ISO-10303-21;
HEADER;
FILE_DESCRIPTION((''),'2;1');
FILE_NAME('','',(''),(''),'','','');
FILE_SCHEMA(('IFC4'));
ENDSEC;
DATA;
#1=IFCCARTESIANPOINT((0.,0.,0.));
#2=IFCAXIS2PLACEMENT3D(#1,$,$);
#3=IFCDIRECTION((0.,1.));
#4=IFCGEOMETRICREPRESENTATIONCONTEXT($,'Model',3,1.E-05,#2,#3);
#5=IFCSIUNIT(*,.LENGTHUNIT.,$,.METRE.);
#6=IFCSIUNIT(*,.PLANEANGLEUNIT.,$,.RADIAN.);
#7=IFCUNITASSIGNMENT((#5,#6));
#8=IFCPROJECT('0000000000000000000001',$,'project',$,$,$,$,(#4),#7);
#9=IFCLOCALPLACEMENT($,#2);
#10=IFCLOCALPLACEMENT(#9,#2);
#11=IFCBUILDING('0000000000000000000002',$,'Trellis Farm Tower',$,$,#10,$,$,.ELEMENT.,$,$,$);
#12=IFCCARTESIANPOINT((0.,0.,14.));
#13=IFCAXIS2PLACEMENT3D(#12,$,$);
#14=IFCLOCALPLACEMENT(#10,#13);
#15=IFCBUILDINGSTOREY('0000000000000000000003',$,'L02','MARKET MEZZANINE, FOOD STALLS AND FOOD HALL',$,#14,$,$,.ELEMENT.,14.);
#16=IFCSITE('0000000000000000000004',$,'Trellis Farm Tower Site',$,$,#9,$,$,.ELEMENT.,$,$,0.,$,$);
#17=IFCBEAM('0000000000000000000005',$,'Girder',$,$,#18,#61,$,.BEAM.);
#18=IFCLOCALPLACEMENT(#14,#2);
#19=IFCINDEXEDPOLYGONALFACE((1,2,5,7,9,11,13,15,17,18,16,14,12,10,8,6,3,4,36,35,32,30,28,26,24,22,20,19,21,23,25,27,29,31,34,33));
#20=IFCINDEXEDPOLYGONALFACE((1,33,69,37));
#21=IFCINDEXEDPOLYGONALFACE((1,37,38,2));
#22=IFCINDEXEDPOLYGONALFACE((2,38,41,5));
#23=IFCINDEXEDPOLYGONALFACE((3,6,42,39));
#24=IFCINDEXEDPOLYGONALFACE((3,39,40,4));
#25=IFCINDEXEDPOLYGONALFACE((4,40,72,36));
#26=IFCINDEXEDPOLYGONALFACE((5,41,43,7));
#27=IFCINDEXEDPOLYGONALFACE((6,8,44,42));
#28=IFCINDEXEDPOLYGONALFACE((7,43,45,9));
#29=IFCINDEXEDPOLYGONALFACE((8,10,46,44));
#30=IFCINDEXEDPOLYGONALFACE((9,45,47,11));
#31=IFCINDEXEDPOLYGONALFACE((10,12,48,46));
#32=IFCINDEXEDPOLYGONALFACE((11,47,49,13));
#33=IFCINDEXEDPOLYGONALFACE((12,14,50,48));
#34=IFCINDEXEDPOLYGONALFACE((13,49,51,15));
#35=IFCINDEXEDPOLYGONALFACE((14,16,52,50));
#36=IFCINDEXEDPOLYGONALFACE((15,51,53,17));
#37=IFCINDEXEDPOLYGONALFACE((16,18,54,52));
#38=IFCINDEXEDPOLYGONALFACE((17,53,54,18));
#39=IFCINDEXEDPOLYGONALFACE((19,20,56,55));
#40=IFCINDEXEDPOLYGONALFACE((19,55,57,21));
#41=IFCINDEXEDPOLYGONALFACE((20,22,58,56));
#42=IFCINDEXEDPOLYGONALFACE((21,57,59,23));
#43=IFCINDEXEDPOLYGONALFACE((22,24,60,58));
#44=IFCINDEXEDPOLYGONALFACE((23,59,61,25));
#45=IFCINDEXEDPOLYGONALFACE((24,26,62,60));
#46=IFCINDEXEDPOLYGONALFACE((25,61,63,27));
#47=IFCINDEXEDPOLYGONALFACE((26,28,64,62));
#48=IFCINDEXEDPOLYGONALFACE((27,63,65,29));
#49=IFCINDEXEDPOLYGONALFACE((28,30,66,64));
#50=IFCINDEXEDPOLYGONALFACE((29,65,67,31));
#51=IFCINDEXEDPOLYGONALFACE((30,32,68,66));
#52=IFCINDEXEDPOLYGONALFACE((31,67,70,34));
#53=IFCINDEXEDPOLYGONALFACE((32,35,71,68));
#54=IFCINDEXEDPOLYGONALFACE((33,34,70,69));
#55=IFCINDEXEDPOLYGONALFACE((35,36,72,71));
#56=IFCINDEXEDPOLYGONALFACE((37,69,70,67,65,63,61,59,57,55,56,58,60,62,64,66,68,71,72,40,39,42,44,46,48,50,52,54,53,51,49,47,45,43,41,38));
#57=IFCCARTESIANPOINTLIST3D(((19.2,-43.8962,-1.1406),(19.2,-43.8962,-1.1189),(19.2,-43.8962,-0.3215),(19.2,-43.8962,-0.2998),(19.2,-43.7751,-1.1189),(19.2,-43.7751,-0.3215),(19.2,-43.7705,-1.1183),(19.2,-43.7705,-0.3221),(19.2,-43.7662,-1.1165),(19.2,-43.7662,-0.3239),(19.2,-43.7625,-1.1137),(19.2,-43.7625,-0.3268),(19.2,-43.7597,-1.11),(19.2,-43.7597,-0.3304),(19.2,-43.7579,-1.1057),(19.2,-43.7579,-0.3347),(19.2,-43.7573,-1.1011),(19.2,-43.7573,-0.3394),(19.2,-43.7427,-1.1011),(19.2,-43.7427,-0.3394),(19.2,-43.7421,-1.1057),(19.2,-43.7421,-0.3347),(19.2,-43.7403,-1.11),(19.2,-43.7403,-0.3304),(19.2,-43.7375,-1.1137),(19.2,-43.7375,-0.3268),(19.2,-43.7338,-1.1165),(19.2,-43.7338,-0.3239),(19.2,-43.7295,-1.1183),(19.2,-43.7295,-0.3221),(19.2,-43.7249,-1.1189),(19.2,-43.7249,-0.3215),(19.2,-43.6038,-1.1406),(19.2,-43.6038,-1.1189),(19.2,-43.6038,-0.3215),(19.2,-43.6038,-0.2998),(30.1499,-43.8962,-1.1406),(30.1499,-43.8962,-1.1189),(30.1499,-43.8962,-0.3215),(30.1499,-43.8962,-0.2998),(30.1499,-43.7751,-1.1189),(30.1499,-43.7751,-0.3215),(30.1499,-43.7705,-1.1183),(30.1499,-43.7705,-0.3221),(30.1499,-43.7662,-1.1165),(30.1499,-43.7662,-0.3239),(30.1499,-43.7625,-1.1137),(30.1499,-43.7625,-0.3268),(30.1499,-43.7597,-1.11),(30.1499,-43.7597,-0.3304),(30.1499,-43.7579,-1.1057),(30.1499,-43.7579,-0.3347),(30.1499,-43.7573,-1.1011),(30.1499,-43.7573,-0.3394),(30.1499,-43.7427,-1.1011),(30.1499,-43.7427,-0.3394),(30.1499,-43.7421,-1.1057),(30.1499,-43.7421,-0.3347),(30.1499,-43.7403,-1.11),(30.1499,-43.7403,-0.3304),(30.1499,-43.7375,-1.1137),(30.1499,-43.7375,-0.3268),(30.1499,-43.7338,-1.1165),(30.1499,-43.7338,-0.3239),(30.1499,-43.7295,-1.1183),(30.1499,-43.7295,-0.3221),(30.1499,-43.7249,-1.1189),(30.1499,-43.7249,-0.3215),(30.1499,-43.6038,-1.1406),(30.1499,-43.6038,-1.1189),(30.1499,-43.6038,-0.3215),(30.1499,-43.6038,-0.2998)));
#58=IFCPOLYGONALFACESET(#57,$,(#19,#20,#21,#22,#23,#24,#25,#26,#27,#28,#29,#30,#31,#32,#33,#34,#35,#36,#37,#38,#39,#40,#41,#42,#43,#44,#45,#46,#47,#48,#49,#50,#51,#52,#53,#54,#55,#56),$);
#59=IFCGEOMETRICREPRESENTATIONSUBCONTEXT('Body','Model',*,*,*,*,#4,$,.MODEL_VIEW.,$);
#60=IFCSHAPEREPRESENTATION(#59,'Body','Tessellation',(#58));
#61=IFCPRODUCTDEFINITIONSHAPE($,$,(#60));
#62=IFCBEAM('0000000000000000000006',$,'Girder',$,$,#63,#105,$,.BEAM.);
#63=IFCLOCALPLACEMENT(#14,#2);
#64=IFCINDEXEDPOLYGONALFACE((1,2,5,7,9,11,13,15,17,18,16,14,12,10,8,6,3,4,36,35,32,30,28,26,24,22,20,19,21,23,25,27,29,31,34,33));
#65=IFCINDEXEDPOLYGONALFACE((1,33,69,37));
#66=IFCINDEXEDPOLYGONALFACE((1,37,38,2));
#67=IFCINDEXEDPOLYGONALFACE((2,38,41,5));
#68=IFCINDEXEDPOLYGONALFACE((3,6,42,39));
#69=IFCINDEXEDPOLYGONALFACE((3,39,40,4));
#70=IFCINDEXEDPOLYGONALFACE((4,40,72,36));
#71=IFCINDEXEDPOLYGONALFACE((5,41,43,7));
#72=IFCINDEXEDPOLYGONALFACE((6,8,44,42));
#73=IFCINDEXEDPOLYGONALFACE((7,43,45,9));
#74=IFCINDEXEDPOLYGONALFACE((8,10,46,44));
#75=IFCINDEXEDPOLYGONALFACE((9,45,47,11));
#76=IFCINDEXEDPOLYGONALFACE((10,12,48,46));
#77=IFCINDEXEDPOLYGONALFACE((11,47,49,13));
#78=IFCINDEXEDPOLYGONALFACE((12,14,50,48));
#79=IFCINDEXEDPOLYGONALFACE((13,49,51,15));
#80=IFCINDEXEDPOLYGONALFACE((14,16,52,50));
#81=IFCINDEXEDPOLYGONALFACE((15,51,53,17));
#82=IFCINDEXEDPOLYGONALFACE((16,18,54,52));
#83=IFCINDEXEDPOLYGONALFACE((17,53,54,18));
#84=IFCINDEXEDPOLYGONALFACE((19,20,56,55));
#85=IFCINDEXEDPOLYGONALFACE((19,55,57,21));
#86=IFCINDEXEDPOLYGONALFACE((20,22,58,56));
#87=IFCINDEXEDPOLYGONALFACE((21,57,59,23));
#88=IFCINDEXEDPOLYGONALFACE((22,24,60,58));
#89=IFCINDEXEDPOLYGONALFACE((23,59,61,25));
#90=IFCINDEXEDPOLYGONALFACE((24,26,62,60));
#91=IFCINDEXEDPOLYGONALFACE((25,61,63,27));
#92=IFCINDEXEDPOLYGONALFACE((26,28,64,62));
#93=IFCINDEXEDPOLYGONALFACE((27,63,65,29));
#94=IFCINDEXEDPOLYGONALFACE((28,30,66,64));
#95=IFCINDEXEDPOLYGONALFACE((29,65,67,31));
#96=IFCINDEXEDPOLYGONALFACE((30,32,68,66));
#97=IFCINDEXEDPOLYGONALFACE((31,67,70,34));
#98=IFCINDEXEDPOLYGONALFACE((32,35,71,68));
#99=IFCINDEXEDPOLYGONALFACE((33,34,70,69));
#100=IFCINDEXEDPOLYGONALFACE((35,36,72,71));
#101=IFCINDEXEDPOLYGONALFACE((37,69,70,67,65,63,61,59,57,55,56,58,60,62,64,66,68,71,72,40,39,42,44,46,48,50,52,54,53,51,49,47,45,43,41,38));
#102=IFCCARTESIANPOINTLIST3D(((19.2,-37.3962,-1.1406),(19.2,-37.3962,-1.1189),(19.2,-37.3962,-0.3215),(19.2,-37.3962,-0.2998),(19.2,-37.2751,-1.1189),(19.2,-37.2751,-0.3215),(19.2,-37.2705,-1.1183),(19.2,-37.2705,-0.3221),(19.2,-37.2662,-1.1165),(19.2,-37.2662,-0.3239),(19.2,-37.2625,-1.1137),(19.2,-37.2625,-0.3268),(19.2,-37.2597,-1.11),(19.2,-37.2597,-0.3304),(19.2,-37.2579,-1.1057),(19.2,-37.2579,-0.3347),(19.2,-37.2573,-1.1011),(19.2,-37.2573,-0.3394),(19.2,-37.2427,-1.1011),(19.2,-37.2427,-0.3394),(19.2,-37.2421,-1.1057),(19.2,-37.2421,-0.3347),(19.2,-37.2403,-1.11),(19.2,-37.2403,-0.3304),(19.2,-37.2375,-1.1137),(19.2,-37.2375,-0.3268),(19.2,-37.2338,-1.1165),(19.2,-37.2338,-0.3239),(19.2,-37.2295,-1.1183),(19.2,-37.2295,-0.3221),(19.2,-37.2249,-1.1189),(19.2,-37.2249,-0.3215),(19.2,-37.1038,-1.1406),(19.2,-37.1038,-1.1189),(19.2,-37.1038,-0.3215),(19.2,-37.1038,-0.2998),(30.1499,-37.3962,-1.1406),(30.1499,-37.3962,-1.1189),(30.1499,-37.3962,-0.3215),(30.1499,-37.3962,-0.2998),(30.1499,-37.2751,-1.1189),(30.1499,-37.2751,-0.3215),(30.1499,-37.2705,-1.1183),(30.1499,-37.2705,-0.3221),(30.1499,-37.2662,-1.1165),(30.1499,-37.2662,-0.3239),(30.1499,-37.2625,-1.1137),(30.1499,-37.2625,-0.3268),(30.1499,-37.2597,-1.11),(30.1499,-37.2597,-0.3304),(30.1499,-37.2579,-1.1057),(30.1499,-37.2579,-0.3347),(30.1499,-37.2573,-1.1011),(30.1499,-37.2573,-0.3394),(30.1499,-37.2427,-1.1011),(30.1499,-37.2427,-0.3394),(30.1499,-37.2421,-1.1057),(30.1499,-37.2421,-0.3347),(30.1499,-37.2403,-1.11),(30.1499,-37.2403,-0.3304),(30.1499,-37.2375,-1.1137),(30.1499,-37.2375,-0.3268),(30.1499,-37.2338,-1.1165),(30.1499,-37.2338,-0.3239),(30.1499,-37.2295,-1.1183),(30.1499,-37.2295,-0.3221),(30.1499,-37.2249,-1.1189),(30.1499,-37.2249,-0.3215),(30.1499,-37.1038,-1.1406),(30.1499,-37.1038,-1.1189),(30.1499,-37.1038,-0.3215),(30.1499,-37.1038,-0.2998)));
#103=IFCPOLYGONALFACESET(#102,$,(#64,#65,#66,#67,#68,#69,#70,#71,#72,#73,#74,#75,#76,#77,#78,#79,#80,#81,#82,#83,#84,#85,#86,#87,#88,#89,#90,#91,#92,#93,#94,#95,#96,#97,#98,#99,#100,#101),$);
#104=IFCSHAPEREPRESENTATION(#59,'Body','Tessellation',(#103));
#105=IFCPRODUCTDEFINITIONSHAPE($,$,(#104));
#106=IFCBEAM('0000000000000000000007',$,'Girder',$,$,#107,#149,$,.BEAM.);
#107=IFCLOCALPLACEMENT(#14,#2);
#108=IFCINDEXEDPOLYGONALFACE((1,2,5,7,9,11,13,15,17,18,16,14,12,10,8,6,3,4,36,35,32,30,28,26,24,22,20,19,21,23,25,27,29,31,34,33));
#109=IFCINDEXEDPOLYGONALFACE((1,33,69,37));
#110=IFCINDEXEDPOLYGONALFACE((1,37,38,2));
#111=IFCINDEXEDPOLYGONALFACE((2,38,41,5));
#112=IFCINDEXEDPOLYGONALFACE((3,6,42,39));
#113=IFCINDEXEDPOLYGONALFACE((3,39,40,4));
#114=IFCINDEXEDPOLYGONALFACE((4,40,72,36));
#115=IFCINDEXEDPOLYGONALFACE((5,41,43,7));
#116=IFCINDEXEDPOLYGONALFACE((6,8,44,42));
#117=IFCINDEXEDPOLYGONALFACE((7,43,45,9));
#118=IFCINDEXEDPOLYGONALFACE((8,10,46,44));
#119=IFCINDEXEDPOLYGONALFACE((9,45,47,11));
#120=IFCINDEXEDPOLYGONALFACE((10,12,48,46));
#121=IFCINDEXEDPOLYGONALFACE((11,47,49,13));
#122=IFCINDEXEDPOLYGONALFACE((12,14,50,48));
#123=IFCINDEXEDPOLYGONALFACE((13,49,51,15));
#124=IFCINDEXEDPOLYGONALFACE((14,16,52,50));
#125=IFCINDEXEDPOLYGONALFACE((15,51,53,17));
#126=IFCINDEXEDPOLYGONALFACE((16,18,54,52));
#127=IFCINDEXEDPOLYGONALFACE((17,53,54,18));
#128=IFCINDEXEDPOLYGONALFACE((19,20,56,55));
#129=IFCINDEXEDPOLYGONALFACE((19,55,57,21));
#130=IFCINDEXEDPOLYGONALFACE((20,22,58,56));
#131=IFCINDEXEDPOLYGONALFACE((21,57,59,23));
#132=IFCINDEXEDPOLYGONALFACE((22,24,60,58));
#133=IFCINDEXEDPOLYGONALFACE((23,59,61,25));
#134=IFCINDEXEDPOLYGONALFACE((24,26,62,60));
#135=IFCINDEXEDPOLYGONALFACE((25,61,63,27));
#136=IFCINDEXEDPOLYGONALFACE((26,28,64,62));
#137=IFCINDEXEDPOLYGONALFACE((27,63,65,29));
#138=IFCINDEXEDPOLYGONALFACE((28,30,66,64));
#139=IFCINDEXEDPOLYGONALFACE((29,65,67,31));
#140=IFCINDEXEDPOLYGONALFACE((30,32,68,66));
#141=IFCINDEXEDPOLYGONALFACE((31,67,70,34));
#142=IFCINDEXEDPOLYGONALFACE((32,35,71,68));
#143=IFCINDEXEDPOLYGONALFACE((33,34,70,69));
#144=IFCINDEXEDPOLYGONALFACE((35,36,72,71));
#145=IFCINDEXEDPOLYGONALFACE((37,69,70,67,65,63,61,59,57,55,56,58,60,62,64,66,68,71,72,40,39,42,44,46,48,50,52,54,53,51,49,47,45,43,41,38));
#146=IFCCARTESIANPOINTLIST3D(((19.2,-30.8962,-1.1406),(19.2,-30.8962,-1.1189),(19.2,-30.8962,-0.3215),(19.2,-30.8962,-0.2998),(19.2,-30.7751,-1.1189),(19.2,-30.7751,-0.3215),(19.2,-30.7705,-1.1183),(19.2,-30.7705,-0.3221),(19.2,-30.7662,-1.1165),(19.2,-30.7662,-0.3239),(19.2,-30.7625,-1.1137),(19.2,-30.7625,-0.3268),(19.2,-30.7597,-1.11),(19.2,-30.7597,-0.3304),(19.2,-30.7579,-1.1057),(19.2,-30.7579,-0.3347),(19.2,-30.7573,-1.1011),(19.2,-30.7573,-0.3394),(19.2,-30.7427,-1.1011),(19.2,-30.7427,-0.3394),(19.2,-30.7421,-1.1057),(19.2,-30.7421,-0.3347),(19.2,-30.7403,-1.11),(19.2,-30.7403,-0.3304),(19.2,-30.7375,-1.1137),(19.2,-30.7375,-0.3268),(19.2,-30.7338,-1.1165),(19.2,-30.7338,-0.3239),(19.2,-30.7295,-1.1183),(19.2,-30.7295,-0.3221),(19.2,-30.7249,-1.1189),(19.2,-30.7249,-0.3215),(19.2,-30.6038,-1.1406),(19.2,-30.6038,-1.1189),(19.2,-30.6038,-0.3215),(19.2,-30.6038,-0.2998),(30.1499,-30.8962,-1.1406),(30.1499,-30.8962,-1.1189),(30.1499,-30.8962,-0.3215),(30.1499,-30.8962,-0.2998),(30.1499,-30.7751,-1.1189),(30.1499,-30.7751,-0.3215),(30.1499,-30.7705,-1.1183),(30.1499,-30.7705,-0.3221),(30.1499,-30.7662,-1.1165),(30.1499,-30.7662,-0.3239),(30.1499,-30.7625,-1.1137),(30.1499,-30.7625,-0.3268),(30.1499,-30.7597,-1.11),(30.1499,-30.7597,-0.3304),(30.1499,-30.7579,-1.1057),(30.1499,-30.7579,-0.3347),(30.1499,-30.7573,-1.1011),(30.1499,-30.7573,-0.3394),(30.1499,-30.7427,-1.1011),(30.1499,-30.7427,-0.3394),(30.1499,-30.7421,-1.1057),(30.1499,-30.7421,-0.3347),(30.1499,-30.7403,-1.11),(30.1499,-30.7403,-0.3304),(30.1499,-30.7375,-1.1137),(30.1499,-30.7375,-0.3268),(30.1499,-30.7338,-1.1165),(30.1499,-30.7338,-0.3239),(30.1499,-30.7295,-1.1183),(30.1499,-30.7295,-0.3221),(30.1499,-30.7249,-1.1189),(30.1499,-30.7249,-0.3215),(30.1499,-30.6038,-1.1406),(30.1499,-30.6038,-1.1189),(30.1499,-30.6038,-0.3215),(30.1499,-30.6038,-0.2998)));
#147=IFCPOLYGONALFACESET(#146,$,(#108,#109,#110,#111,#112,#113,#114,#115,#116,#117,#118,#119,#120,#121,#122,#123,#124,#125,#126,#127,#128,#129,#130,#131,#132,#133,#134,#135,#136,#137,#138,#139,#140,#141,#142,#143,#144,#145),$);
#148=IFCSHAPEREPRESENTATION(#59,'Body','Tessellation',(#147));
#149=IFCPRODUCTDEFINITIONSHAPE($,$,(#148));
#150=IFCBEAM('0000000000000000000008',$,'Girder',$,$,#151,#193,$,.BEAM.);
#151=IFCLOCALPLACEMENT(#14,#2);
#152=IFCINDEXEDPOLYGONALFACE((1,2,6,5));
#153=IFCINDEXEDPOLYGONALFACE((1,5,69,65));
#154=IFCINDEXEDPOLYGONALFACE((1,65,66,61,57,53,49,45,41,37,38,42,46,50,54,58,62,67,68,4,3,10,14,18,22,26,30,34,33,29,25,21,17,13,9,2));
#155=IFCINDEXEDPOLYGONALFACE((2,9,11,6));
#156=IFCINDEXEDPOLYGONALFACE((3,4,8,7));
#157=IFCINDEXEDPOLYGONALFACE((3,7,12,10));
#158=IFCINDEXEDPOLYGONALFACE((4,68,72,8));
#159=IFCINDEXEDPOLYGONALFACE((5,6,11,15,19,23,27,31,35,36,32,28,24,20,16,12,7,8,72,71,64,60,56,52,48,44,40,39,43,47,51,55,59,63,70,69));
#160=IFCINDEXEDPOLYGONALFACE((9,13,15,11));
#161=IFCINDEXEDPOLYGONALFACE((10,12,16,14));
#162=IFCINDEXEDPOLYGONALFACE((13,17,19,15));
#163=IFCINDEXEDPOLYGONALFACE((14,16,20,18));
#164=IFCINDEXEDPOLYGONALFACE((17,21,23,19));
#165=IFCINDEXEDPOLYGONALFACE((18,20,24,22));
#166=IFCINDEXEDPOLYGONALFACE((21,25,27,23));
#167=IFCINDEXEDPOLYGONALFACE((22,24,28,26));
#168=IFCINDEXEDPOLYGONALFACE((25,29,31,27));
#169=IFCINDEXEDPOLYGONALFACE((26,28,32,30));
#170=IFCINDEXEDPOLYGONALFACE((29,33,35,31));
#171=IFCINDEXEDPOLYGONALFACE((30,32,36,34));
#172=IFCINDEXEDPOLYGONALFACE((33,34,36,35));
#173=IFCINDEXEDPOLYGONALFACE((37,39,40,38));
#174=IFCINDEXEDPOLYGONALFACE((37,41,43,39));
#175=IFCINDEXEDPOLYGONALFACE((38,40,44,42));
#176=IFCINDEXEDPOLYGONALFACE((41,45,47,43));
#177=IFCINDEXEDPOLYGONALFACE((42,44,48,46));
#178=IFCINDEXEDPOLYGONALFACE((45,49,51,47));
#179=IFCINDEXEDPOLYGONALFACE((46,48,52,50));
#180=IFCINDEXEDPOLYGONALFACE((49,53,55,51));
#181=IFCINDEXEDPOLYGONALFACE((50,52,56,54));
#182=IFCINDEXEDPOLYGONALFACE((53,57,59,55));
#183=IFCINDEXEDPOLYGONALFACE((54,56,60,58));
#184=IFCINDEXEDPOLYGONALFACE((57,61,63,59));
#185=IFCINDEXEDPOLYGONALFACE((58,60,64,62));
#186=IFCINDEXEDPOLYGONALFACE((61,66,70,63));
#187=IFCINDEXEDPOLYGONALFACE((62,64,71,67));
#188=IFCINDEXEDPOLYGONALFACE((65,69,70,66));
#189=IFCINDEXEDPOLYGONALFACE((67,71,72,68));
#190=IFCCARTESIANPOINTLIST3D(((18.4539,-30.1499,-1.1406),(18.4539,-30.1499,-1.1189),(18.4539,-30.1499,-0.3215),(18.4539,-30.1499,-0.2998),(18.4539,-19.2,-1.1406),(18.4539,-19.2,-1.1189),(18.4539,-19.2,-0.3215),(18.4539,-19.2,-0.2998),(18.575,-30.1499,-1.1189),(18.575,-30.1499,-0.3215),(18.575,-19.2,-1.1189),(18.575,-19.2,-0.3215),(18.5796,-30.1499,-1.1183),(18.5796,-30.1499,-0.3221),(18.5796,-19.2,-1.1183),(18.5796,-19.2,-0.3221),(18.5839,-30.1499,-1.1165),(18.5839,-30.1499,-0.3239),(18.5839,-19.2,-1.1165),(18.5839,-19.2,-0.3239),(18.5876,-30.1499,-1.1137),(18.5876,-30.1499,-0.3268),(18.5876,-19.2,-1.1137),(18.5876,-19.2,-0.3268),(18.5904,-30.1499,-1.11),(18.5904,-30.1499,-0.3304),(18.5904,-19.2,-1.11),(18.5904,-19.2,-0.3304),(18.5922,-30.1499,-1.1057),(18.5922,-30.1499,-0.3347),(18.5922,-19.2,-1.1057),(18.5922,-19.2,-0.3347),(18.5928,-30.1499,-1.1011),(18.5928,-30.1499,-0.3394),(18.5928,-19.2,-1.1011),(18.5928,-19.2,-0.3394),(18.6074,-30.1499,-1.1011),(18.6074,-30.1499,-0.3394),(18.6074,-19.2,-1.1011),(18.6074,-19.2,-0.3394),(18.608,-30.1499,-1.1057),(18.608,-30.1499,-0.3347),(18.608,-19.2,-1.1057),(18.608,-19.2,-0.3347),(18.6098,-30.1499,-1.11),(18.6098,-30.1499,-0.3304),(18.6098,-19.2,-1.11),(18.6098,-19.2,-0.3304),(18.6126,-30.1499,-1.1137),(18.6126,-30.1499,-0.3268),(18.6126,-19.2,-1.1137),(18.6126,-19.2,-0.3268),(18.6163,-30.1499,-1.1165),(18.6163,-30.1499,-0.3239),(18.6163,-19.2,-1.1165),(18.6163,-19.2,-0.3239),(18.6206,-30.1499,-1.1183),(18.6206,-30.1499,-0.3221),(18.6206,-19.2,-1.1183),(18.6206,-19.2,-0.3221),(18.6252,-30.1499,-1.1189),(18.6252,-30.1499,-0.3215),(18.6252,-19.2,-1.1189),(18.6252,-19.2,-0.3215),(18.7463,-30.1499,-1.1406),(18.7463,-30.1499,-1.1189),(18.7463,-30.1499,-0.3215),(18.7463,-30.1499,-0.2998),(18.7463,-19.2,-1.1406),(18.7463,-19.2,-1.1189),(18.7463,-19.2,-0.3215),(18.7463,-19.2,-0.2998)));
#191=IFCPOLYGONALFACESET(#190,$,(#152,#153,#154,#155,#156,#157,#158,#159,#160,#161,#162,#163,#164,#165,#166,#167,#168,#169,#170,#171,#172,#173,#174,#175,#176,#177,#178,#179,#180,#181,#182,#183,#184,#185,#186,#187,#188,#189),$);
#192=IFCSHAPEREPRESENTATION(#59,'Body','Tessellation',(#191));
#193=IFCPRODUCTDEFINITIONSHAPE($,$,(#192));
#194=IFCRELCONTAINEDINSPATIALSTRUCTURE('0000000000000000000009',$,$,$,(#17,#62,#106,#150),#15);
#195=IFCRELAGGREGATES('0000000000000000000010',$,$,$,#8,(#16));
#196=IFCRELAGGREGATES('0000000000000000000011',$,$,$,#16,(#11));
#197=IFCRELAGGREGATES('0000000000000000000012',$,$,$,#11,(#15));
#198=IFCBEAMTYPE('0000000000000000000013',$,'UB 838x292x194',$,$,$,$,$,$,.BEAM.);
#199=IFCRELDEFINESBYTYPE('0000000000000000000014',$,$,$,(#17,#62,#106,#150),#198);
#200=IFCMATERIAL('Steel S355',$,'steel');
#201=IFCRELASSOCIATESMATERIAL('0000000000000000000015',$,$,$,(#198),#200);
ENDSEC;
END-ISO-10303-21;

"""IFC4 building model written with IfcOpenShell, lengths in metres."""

from ifc_helpers import new_model, si_unit, direction, frame, origin, origin_2d, place, context, subcontext, project, spatial, i_section, extrude, source, transform, mapped, material, material_profile, profile_set, type_object, element, save


model = new_model("IFC4")

# Units and contexts
model_context = context("Model", 3, precision=1e-05, world=origin(), true_north=direction((0.0, 1.0)))
body_context = subcontext(model_context, "Body", "Model", "MODEL_VIEW")
ifc_project = project(units=[si_unit("LENGTHUNIT", "METRE"), si_unit("PLANEANGLEUNIT", "RADIAN")], contexts=[model_context])

# Site, building, storey
site_placement = place(None, origin())
site = spatial("IfcSite", under=ifc_project, at=site_placement, Name="Trellis Farm Tower Site", CompositionType="ELEMENT", RefElevation=0.0)
building_placement = place(site_placement, origin())
building = spatial("IfcBuilding", under=site, at=building_placement, Name="Trellis Farm Tower", CompositionType="ELEMENT")
storey_placement = place(building_placement, frame((0.0, 0.0, 14.0)))
storey = spatial("IfcBuildingStorey", under=building, at=storey_placement, Name="L02", Description="MARKET MEZZANINE, FOOD STALLS AND FOOD HALL", CompositionType="ELEMENT", Elevation=14.0)

# Beams
ifc_material_1 = material(Name="Steel S355", Category="steel")
ifc_material_profile_1 = material_profile(ifc_material_1, i_section(OverallWidth=0.2925, OverallDepth=0.8408, WebThickness=0.0146, FlangeThickness=0.0217, FilletRadius=0.0178, at=origin_2d()), Name="UB 838x292x194")
ifc_profile_set_1 = profile_set([ifc_material_profile_1], Name="Steel S355")
beam_type_1 = type_object("IfcBeamType", Name="UB 838x292x194", PredefinedType="BEAM", material=ifc_profile_set_1)
shared_shape_1 = source(origin(), body_context, "Body", "SweptSolid", [
    extrude(i_section(OverallWidth=0.2925, OverallDepth=0.8408, WebThickness=0.0146, FlangeThickness=0.0217, FilletRadius=0.0178, at=origin_2d()), origin(), (0.0, 0.0, 1.0), 10.95),
])
for number, where, z_axis, x_axis, name in (
    (1, (19.2, -43.75, -0.7202), (1.0, 0.0, 0.0), (0.0, 1.0, 0.0), "Girder"),
    (2, (19.2, -37.25, -0.7202), (1.0, 0.0, 0.0), (0.0, 1.0, 0.0), "Girder"),
    (3, (19.2, -30.75, -0.7202), (1.0, 0.0, 0.0), (0.0, 1.0, 0.0), "Girder"),
    (4, (18.6001, -30.1499, -0.7202), (0.0, 1.0, 0.0), (-1.0, 0.0, 0.0), "Girder"),
):
    element("IfcBeam", number, at=place(storey_placement, frame(where, z_axis=z_axis, x_axis=x_axis)), inside=storey, type_object=beam_type_1, Name=name, PredefinedType="BEAM", context=body_context, shape_type="MappedRepresentation", body=[
        mapped(shared_shape_1, transform((0.0, 0.0, 0.0))),
    ])

save(model, "model.ifc")
